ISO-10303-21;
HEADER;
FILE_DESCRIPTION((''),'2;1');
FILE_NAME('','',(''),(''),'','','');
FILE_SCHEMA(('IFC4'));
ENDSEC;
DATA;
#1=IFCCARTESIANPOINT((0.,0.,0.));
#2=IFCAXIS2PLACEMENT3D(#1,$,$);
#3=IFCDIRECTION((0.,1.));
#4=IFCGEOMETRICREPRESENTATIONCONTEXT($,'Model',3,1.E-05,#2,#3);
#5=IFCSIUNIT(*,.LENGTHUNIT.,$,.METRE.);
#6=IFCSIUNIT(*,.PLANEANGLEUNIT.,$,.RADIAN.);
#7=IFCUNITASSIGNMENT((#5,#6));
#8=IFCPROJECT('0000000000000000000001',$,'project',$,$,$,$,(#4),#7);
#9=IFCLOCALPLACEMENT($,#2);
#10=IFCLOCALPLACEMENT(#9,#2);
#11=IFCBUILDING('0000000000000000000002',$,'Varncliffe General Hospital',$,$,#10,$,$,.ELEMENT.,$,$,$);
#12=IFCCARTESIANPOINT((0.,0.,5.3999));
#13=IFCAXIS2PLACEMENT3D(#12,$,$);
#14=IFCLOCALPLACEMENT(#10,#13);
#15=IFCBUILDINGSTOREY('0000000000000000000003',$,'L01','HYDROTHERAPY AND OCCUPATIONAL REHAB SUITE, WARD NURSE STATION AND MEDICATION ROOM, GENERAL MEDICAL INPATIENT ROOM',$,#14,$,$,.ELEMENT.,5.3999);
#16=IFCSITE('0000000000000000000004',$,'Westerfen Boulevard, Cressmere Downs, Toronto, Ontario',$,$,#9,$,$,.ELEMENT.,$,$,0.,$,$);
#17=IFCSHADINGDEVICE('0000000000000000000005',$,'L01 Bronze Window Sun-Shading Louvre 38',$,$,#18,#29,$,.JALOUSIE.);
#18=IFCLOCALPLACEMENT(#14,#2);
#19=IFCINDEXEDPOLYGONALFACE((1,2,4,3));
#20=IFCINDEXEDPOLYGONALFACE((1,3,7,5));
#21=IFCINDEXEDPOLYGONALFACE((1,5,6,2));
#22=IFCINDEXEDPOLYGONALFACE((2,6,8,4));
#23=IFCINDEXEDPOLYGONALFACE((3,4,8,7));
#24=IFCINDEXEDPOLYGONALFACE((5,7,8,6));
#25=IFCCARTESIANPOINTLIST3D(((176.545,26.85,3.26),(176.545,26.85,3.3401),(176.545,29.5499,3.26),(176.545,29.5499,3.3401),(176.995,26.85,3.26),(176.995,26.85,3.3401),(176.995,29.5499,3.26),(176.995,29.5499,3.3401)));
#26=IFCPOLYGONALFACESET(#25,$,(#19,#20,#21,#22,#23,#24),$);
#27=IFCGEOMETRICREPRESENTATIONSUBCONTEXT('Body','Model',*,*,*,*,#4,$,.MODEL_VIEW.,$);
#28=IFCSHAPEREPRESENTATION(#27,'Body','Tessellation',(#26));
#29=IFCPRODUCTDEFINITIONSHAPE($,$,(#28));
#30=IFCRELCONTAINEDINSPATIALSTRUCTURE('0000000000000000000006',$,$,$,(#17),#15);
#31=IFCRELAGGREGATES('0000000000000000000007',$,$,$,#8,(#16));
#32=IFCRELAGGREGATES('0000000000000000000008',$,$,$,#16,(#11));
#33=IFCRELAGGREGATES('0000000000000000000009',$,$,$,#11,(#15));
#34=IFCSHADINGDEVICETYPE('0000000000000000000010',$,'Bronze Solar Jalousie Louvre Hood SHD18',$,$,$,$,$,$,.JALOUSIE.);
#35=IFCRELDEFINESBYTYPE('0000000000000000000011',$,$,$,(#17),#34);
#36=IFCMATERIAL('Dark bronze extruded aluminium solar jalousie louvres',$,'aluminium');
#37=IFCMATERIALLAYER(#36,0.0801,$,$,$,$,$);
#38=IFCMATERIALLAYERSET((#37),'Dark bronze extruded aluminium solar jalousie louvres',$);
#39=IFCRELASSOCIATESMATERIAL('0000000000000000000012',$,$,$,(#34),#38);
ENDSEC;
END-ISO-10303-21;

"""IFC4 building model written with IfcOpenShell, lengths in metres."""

from ifc_helpers import new_model, si_unit, direction, frame, origin, origin_2d, place, context, subcontext, project, spatial, rectangle, extrude, material, layer, layer_set, type_object, element, save


model = new_model("IFC4")

# Units and contexts
model_context = context("Model", 3, precision=1e-05, world=origin(), true_north=direction((0.0, 1.0)))
body_context = subcontext(model_context, "Body", "Model", "MODEL_VIEW")
ifc_project = project(units=[si_unit("LENGTHUNIT", "METRE"), si_unit("PLANEANGLEUNIT", "RADIAN")], contexts=[model_context])

# Site, building, storey
site_placement = place(None, origin())
site = spatial("IfcSite", under=ifc_project, at=site_placement, Name="Westerfen Boulevard, Cressmere Downs, Toronto, Ontario", CompositionType="ELEMENT", RefElevation=0.0)
building_placement = place(site_placement, origin())
building = spatial("IfcBuilding", under=site, at=building_placement, Name="Varncliffe General Hospital", CompositionType="ELEMENT")
storey_placement = place(building_placement, frame((0.0, 0.0, 5.3999)))
storey = spatial("IfcBuildingStorey", under=building, at=storey_placement, Name="L01", Description="HYDROTHERAPY AND OCCUPATIONAL REHAB SUITE, WARD NURSE STATION AND MEDICATION ROOM, GENERAL MEDICAL INPATIENT ROOM", CompositionType="ELEMENT", Elevation=5.3999)

# Shading device
ifc_material_1 = material(Name="Dark bronze extruded aluminium solar jalousie louvres", Category="aluminium")
ifc_layer_1 = layer(ifc_material_1, 0.0801)
ifc_layer_set_1 = layer_set([ifc_layer_1], Name="Dark bronze extruded aluminium solar jalousie louvres")
shading_device_type = type_object("IfcShadingDeviceType", Name="Bronze Solar Jalousie Louvre Hood SHD18", PredefinedType="JALOUSIE", material=ifc_layer_set_1)
shading_device_1_placement = place(storey_placement, frame((176.77, 28.2, 3.26), z_axis=(0.0, 0.0, 1.0), x_axis=(0.0, -1.0, 0.0)))
element("IfcShadingDevice", 1, at=shading_device_1_placement, inside=storey, type_object=shading_device_type, Name="L01 Bronze Window Sun-Shading Louvre 38", PredefinedType="JALOUSIE", context=body_context, shape_type="SweptSolid", body=[
    extrude(rectangle(XDim=2.7, YDim=0.45, at=origin_2d()), origin(), (0.0, 0.0, 1.0), 0.0801),
])

save(model, "model.ifc")
